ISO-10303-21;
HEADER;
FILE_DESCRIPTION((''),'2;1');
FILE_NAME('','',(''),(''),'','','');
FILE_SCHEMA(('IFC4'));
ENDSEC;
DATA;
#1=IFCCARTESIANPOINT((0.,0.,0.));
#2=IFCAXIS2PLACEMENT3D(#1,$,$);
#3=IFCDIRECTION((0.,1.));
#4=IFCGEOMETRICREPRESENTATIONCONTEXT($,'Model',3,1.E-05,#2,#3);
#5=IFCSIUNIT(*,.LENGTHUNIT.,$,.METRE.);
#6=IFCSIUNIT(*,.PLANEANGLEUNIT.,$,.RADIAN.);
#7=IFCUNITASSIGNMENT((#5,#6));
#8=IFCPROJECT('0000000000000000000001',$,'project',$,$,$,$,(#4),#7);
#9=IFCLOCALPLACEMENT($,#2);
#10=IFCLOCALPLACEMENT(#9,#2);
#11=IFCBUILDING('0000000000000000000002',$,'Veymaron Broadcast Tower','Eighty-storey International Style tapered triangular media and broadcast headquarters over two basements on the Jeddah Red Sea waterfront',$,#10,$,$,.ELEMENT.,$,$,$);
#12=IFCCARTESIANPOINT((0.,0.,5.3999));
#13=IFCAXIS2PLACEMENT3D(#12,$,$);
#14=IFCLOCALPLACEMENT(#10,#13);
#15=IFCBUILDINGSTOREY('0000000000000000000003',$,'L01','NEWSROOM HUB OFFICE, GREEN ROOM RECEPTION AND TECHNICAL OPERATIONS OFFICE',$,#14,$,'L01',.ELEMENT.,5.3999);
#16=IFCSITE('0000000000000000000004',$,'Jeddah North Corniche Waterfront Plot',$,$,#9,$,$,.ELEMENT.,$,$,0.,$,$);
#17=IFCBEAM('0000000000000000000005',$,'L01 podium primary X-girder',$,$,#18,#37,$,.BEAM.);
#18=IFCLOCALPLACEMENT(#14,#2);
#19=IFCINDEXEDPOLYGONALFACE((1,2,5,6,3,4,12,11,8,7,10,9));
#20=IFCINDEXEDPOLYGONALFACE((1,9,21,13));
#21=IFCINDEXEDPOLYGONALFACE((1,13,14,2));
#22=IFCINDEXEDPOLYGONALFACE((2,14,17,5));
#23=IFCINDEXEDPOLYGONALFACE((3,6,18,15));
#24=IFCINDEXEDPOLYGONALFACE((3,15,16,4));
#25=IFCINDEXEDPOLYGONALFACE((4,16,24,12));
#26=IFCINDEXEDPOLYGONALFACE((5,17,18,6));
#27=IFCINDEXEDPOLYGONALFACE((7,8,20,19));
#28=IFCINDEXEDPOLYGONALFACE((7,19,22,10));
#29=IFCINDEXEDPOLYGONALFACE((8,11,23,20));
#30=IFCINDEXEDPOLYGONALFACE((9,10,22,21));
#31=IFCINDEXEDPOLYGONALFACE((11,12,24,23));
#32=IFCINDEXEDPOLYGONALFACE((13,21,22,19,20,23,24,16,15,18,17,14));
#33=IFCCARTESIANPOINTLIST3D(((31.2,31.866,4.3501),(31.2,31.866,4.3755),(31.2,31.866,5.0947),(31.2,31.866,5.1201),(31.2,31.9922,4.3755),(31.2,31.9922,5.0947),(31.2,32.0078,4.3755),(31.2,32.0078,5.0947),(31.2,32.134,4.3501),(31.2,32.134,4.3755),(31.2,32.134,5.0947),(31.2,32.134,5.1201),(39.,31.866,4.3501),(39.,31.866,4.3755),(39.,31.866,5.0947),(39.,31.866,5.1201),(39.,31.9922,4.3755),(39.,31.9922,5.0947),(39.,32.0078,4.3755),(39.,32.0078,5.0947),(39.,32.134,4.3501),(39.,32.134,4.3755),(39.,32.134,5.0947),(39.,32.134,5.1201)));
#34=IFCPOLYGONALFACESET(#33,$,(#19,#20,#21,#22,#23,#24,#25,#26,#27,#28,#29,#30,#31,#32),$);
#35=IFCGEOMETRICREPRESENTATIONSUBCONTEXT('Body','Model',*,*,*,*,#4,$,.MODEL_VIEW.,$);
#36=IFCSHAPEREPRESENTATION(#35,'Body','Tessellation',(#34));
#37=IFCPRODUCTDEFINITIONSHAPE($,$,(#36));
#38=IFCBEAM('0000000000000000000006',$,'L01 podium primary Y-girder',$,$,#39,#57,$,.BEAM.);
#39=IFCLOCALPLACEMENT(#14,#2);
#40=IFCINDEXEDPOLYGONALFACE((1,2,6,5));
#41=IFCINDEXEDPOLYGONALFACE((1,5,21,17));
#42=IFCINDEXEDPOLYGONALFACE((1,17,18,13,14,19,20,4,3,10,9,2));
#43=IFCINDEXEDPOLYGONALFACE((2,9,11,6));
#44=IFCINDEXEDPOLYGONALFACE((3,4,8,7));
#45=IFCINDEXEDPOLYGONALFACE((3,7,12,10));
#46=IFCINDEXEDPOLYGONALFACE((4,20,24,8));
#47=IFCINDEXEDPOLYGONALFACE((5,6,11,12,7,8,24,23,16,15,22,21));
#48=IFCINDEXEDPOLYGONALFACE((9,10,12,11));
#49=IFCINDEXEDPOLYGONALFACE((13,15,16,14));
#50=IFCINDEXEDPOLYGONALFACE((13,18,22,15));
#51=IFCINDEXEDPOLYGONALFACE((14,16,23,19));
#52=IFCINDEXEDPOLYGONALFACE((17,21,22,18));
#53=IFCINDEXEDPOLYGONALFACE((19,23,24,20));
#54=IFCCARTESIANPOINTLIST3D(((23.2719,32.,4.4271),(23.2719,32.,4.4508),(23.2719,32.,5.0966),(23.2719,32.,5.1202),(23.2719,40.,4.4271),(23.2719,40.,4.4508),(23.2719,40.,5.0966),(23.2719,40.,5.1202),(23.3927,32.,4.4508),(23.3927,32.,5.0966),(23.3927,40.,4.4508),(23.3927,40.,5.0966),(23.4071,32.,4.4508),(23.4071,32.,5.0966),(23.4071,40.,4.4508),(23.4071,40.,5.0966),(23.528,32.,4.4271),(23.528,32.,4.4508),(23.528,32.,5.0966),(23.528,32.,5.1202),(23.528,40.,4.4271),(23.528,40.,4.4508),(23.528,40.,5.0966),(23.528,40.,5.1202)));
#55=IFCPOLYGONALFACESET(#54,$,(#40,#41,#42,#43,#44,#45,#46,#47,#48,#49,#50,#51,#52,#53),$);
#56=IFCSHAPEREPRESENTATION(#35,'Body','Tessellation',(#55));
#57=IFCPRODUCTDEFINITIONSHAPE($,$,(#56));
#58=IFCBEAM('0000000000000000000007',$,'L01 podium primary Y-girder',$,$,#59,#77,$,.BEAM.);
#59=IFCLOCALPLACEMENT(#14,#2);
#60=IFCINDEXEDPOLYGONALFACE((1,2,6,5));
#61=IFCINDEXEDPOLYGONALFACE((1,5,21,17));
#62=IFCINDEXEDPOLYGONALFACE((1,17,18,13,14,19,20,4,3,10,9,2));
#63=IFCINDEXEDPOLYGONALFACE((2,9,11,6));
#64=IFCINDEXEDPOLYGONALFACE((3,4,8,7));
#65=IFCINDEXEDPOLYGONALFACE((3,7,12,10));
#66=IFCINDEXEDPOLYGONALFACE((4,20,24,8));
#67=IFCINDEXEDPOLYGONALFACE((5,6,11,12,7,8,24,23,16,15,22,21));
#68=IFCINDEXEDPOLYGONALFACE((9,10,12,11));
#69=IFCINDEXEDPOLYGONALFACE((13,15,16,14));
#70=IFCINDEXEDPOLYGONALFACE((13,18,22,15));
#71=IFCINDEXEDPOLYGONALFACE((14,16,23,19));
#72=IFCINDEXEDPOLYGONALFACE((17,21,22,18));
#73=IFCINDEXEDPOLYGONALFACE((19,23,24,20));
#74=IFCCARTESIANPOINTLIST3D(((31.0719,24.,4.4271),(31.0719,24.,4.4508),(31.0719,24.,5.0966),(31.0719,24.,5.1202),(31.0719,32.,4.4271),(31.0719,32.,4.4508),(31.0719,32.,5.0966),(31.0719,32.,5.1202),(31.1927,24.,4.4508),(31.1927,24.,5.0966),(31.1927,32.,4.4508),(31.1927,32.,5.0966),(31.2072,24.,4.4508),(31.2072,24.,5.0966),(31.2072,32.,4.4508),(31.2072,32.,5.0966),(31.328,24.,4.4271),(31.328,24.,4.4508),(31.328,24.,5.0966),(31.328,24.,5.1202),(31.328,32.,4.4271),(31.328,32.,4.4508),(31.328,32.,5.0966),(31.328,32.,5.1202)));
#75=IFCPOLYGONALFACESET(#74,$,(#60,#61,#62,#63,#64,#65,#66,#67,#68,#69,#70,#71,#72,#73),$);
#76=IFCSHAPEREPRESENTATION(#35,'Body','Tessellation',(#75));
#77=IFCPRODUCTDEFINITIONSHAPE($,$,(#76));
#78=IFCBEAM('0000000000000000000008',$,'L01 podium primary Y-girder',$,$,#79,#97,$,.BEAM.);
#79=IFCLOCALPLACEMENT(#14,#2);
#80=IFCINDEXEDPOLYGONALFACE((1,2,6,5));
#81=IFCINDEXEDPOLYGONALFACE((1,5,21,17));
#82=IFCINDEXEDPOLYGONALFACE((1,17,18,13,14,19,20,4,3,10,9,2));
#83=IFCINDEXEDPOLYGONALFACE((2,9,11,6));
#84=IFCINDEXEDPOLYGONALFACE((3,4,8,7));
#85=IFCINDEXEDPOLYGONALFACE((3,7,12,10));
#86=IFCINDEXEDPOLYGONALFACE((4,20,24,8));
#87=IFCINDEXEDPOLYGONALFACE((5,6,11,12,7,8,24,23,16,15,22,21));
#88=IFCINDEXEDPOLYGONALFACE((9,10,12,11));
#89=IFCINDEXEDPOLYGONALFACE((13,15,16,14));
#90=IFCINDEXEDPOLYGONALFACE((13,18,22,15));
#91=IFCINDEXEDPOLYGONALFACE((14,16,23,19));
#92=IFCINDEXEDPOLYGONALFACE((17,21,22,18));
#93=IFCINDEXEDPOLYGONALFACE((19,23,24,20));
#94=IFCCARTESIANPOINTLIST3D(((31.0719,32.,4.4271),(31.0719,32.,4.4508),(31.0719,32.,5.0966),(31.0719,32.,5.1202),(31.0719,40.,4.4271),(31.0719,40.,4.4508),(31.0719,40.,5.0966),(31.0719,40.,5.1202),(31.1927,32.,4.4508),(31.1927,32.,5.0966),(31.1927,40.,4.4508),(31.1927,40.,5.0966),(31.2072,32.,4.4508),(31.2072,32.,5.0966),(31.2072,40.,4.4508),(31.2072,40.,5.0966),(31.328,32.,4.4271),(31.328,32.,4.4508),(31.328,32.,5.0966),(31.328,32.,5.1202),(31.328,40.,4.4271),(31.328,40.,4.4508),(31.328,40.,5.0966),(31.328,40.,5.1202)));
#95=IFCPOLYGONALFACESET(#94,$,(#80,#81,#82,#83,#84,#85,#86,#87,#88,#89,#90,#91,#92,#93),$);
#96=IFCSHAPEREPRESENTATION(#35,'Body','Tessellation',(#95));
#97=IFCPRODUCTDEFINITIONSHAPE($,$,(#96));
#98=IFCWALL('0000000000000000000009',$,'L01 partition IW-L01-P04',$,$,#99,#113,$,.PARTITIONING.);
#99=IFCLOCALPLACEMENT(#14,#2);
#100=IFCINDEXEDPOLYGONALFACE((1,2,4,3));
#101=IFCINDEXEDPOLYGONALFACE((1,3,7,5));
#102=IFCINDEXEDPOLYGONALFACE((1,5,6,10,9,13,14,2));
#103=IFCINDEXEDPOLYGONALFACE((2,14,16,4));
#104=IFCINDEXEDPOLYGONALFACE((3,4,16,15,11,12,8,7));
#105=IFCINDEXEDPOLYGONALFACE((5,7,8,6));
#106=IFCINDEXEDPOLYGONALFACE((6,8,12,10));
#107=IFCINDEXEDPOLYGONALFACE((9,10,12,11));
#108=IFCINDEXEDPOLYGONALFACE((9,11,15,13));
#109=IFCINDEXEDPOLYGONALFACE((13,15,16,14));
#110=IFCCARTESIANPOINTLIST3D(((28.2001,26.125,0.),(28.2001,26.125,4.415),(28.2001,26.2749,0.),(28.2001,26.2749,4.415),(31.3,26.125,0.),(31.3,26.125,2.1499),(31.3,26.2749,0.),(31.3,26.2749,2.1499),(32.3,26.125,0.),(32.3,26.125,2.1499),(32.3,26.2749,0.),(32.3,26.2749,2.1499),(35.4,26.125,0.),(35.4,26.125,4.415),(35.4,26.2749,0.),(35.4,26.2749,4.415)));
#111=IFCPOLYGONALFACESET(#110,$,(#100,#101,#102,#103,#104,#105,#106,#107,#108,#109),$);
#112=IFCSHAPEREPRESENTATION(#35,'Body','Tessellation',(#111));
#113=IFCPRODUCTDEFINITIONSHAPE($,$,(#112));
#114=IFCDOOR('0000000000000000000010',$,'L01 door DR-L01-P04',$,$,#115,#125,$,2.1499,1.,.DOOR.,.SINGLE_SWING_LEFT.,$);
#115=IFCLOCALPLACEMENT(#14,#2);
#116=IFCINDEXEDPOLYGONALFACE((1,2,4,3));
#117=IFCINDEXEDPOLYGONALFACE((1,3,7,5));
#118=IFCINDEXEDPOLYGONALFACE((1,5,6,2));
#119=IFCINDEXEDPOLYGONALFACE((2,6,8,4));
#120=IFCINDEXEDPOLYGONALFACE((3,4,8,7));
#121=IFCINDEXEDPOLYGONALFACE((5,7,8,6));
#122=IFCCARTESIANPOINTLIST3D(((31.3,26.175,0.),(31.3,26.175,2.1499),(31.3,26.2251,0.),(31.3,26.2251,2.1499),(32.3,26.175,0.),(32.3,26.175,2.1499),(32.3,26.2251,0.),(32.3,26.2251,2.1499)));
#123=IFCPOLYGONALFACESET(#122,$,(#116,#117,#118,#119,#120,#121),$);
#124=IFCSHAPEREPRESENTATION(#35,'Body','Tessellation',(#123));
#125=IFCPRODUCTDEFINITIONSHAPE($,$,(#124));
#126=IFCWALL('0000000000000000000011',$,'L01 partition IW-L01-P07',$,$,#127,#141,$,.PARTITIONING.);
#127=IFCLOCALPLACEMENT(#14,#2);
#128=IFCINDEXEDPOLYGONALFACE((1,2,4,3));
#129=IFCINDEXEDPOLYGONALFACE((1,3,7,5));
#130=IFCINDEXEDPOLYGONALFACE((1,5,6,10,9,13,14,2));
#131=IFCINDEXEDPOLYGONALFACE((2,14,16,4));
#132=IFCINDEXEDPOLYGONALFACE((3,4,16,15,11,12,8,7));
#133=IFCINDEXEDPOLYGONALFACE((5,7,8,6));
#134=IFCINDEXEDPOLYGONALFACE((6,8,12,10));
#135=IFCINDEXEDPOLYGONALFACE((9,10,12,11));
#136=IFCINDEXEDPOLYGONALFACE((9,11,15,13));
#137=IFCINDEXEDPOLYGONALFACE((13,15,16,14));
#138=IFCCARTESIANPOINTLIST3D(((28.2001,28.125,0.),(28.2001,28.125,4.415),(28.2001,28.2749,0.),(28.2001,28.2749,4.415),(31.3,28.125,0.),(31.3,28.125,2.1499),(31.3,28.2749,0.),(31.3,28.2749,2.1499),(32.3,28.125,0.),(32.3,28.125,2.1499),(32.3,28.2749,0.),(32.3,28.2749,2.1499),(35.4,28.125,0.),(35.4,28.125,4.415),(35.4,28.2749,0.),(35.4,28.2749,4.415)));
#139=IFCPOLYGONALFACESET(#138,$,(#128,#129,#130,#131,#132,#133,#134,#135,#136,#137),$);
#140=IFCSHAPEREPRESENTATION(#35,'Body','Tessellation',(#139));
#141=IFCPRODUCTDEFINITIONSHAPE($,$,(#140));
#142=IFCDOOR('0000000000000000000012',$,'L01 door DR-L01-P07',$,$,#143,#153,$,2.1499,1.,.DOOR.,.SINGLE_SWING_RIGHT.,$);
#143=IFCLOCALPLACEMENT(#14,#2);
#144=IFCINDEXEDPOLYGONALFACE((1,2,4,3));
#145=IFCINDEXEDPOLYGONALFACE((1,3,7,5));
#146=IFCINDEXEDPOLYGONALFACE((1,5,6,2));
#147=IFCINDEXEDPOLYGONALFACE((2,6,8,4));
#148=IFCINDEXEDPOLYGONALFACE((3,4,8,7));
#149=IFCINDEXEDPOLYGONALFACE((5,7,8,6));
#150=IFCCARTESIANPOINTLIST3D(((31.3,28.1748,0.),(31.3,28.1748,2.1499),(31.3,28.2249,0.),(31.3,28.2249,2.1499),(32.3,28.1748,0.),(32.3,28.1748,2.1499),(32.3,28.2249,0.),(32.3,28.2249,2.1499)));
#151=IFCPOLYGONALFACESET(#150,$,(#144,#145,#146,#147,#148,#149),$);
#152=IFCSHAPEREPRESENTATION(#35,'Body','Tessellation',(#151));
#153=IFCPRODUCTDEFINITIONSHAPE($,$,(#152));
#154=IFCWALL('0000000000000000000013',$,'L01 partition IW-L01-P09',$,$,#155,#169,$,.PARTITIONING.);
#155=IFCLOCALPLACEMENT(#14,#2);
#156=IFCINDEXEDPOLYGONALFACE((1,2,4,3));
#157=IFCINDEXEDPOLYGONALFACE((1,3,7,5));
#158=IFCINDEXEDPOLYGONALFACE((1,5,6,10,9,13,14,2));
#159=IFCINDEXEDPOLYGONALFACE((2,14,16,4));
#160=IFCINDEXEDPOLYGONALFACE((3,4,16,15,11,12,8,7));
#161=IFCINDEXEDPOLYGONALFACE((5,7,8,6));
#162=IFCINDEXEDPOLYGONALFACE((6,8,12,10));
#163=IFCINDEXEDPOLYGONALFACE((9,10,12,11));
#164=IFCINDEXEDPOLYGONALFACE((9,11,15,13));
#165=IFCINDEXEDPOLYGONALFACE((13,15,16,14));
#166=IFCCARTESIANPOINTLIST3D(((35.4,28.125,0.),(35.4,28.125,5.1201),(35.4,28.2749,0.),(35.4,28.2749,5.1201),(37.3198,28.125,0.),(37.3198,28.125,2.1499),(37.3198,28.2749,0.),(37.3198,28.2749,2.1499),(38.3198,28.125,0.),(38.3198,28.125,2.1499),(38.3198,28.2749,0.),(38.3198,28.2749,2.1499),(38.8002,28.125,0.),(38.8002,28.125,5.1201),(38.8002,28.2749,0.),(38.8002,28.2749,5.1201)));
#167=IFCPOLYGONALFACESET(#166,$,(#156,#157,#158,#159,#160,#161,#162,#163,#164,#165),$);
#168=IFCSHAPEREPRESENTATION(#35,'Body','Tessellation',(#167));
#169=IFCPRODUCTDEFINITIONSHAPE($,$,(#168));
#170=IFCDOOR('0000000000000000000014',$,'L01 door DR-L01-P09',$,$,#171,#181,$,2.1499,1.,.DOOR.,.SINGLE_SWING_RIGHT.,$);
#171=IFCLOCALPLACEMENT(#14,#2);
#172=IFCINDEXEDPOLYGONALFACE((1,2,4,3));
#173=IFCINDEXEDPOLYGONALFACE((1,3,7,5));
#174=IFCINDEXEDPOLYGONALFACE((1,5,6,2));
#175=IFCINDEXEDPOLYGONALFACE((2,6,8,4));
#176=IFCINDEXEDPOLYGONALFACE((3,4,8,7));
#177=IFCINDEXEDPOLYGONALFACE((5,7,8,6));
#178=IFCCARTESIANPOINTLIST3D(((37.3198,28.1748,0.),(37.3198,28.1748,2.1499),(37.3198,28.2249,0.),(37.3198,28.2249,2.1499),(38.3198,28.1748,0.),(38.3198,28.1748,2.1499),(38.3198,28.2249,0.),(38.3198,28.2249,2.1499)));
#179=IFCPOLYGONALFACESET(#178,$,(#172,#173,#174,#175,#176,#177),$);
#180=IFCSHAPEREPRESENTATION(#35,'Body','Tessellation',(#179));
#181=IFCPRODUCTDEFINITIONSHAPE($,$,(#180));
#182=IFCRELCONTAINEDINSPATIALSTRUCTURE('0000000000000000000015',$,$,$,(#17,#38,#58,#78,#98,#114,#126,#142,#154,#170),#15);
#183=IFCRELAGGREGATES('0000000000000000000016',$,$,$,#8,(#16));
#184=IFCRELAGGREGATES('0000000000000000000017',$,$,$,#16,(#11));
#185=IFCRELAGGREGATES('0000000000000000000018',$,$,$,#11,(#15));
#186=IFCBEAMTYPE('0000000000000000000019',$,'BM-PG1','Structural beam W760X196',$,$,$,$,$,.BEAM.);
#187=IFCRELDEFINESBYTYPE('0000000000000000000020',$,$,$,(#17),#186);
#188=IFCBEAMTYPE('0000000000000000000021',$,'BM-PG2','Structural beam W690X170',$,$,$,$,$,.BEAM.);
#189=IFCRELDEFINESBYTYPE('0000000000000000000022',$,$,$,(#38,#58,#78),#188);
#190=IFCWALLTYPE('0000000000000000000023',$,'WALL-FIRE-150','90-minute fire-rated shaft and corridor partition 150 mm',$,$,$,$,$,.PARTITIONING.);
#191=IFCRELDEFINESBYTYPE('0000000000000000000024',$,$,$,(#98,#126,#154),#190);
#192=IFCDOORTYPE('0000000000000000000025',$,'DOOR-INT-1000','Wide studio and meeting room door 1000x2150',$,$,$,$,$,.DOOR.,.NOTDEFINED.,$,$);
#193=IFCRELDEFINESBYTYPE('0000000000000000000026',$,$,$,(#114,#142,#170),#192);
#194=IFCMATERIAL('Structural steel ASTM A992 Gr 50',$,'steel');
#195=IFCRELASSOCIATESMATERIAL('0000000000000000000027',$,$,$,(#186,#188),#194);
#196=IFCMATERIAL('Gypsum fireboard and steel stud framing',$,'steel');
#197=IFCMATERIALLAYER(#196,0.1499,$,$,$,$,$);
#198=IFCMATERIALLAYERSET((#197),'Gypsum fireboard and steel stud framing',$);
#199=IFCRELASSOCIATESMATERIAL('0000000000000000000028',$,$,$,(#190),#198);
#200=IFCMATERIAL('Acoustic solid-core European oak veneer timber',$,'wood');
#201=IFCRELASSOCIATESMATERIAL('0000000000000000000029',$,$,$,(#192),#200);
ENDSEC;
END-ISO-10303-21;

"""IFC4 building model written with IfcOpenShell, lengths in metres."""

from ifc_helpers import new_model, si_unit, direction, frame, frame_2d, origin, origin_2d, place, context, subcontext, project, spatial, rectangle, i_section, extrude, material, layer, layer_set, material_profile, profile_set, type_object, element, fill, save


model = new_model("IFC4")

# Units and contexts
model_context = context("Model", 3, precision=1e-05, world=origin(), true_north=direction((0.0, 1.0)))
body_context = subcontext(model_context, "Body", "Model", "MODEL_VIEW")
ifc_project = project(units=[si_unit("LENGTHUNIT", "METRE"), si_unit("PLANEANGLEUNIT", "RADIAN")], contexts=[model_context])

# Site, building, storey
site_placement = place(None, origin())
site = spatial("IfcSite", under=ifc_project, at=site_placement, Name="Jeddah North Corniche Waterfront Plot", CompositionType="ELEMENT", RefElevation=0.0)
building_placement = place(site_placement, origin())
building = spatial("IfcBuilding", under=site, at=building_placement, Name="Veymaron Broadcast Tower", Description="Eighty-storey International Style tapered triangular media and broadcast headquarters over two basements on the Jeddah Red Sea waterfront", CompositionType="ELEMENT")
storey_placement = place(building_placement, frame((0.0, 0.0, 5.3999)))
storey = spatial("IfcBuildingStorey", under=building, at=storey_placement, Name="L01", Description="NEWSROOM HUB OFFICE, GREEN ROOM RECEPTION AND TECHNICAL OPERATIONS OFFICE", LongName="L01", CompositionType="ELEMENT", Elevation=5.3999)

# Beams
ifc_material_1 = material(Name="Structural steel ASTM A992 Gr 50", Category="steel")
ifc_material_profile_1 = material_profile(ifc_material_1, i_section(OverallWidth=0.2681, OverallDepth=0.77, WebThickness=0.0156, FlangeThickness=0.0254, at=origin_2d()), Name="W760X196")
ifc_profile_set_1 = profile_set([ifc_material_profile_1], Name="Structural steel ASTM A992 Gr 50")
beam_type_1 = type_object("IfcBeamType", Name="BM-PG1", Description="Structural beam W760X196", PredefinedType="BEAM", material=ifc_profile_set_1)
for number, where, z_axis, x_axis, name in (
    (1, (31.2, 32.0, 4.7351), (1.0, 0.0, 0.0), (0.0, 1.0, 0.0), "L01 podium primary X-girder"),
):
    element("IfcBeam", number, at=place(storey_placement, frame(where, z_axis=z_axis, x_axis=x_axis)), inside=storey, type_object=beam_type_1, Name=name, PredefinedType="BEAM", context=body_context, shape_type="SweptSolid", body=[
        extrude(i_section(OverallWidth=0.2681, OverallDepth=0.77, WebThickness=0.0156, FlangeThickness=0.0254, at=origin_2d()), origin(), (0.0, 0.0, 1.0), 7.8),
    ])
ifc_material_profile_2 = material_profile(ifc_material_1, i_section(OverallWidth=0.2561, OverallDepth=0.6931, WebThickness=0.0144, FlangeThickness=0.0237, at=origin_2d()), Name="W690X170")
ifc_profile_set_2 = profile_set([ifc_material_profile_2], Name="Structural steel ASTM A992 Gr 50")
beam_type_2 = type_object("IfcBeamType", Name="BM-PG2", Description="Structural beam W690X170", PredefinedType="BEAM", material=ifc_profile_set_2)
for number, where, z_axis, x_axis, name in (
    (2, (23.3999, 32.0, 4.7737), (0.0, 1.0, 0.0), (-1.0, 0.0, 0.0), "L01 podium primary Y-girder"),
    (3, (31.2, 24.0, 4.7737), (0.0, 1.0, 0.0), (-1.0, 0.0, 0.0), "L01 podium primary Y-girder"),
    (4, (31.2, 32.0, 4.7737), (0.0, 1.0, 0.0), (-1.0, 0.0, 0.0), "L01 podium primary Y-girder"),
):
    element("IfcBeam", number, at=place(storey_placement, frame(where, z_axis=z_axis, x_axis=x_axis)), inside=storey, type_object=beam_type_2, Name=name, PredefinedType="BEAM", context=body_context, shape_type="SweptSolid", body=[
        extrude(i_section(OverallWidth=0.2561, OverallDepth=0.6931, WebThickness=0.0144, FlangeThickness=0.0237, at=origin_2d()), origin(), (0.0, 0.0, 1.0), 8.0),
    ])

# Walls, openings, doors
ifc_material_2 = material(Name="Gypsum fireboard and steel stud framing", Category="steel")
ifc_layer_1 = layer(ifc_material_2, 0.1499)
ifc_layer_set_1 = layer_set([ifc_layer_1], Name="Gypsum fireboard and steel stud framing")
wall_type_1 = type_object("IfcWallType", Name="WALL-FIRE-150", Description="90-minute fire-rated shaft and corridor partition 150 mm", PredefinedType="PARTITIONING", material=ifc_layer_set_1)
wall_1_placement = place(storey_placement, frame((28.2, 26.2, 0.0), z_axis=(0.0, 0.0, 1.0), x_axis=(1.0, 0.0, 0.0)))
wall_1 = element("IfcWall", 5, at=wall_1_placement, inside=storey, type_object=wall_type_1, Name="L01 partition IW-L01-P04", PredefinedType="PARTITIONING", context=body_context, shape_type="SweptSolid", body=[
    extrude(rectangle(XDim=7.2, YDim=0.1499, at=frame_2d((3.6001, 0.0))), origin(), (0.0, 0.0, 1.0), 4.415),
])
opening_1_placement = place(wall_1_placement, frame((3.1001, 0.0, 0.0)))
opening_1 = element("IfcOpeningElement", 6, at=opening_1_placement, cuts=wall_1, PredefinedType="OPENING", context=body_context, shape_type="SweptSolid", body=[
    extrude(rectangle(XDim=1.0, YDim=2.1499, at=frame_2d((0.5, 1.075))), frame((0.0, 0.085, 0.0), z_axis=(0.0, -1.0, 0.0), x_axis=(1.0, 0.0, 0.0)), (0.0, 0.0, 1.0), 0.1699),
])
ifc_material_3 = material(Name="Acoustic solid-core European oak veneer timber", Category="wood")
door_type = type_object("IfcDoorType", Name="DOOR-INT-1000", Description="Wide studio and meeting room door 1000x2150", OperationType="NOTDEFINED", PredefinedType="DOOR", material=ifc_material_3)
door_1_placement = place(opening_1_placement, frame((1.0, 0.0, 0.0), z_axis=(0.0, 0.0, 1.0), x_axis=(-1.0, 0.0, 0.0)))
door_1 = element("IfcDoor", 7, at=door_1_placement, inside=storey, type_object=door_type, Name="L01 door DR-L01-P04", OperationType="SINGLE_SWING_LEFT", OverallHeight=2.1499, OverallWidth=1.0, PredefinedType="DOOR", context=body_context, shape_type="SweptSolid", body=[
    extrude(rectangle(XDim=1.0, YDim=2.1499, at=frame_2d((0.5, 1.075))), frame((0.0, 0.0249, 0.0), z_axis=(0.0, -1.0, 0.0), x_axis=(1.0, 0.0, 0.0)), (0.0, 0.0, 1.0), 0.05),
])
fill(opening_1, door_1)
wall_2_placement = place(storey_placement, frame((28.2, 28.2, 0.0), z_axis=(0.0, 0.0, 1.0), x_axis=(1.0, 0.0, 0.0)))
wall_2 = element("IfcWall", 8, at=wall_2_placement, inside=storey, type_object=wall_type_1, Name="L01 partition IW-L01-P07", PredefinedType="PARTITIONING", context=body_context, shape_type="SweptSolid", body=[
    extrude(rectangle(XDim=7.2, YDim=0.1499, at=frame_2d((3.6001, 0.0))), origin(), (0.0, 0.0, 1.0), 4.415),
])
opening_2_placement = place(wall_2_placement, frame((3.1001, 0.0, 0.0)))
opening_2 = element("IfcOpeningElement", 9, at=opening_2_placement, cuts=wall_2, PredefinedType="OPENING", context=body_context, shape_type="SweptSolid", body=[
    extrude(rectangle(XDim=1.0, YDim=2.1499, at=frame_2d((0.5, 1.075))), frame((0.0, 0.085, 0.0), z_axis=(0.0, -1.0, 0.0), x_axis=(1.0, 0.0, 0.0)), (0.0, 0.0, 1.0), 0.1699),
])
door_2_placement = place(opening_2_placement, origin())
door_2 = element("IfcDoor", 10, at=door_2_placement, inside=storey, type_object=door_type, Name="L01 door DR-L01-P07", OperationType="SINGLE_SWING_RIGHT", OverallHeight=2.1499, OverallWidth=1.0, PredefinedType="DOOR", context=body_context, shape_type="SweptSolid", body=[
    extrude(rectangle(XDim=1.0, YDim=2.1499, at=frame_2d((0.5, 1.075))), frame((0.0, 0.0249, 0.0), z_axis=(0.0, -1.0, 0.0), x_axis=(1.0, 0.0, 0.0)), (0.0, 0.0, 1.0), 0.05),
])
fill(opening_2, door_2)
wall_3_placement = place(storey_placement, frame((35.3999, 28.2, 0.0), z_axis=(0.0, 0.0, 1.0), x_axis=(1.0, 0.0, 0.0)))
wall_3 = element("IfcWall", 11, at=wall_3_placement, inside=storey, type_object=wall_type_1, Name="L01 partition IW-L01-P09", PredefinedType="PARTITIONING", context=body_context, shape_type="SweptSolid", body=[
    extrude(rectangle(XDim=3.4001, YDim=0.1499, at=frame_2d((1.7002, 0.0))), origin(), (0.0, 0.0, 1.0), 5.1201),
])
opening_3_placement = place(wall_3_placement, frame((1.9199, 0.0, 0.0)))
opening_3 = element("IfcOpeningElement", 12, at=opening_3_placement, cuts=wall_3, PredefinedType="OPENING", context=body_context, shape_type="SweptSolid", body=[
    extrude(rectangle(XDim=1.0, YDim=2.1499, at=frame_2d((0.5, 1.075))), frame((0.0, 0.085, 0.0), z_axis=(0.0, -1.0, 0.0), x_axis=(1.0, 0.0, 0.0)), (0.0, 0.0, 1.0), 0.1699),
])
door_3_placement = place(opening_3_placement, origin())
door_3 = element("IfcDoor", 13, at=door_3_placement, inside=storey, type_object=door_type, Name="L01 door DR-L01-P09", OperationType="SINGLE_SWING_RIGHT", OverallHeight=2.1499, OverallWidth=1.0, PredefinedType="DOOR", context=body_context, shape_type="SweptSolid", body=[
    extrude(rectangle(XDim=1.0, YDim=2.1499, at=frame_2d((0.5, 1.075))), frame((0.0, 0.0249, 0.0), z_axis=(0.0, -1.0, 0.0), x_axis=(1.0, 0.0, 0.0)), (0.0, 0.0, 1.0), 0.05),
])
fill(opening_3, door_3)

save(model, "model.ifc")
